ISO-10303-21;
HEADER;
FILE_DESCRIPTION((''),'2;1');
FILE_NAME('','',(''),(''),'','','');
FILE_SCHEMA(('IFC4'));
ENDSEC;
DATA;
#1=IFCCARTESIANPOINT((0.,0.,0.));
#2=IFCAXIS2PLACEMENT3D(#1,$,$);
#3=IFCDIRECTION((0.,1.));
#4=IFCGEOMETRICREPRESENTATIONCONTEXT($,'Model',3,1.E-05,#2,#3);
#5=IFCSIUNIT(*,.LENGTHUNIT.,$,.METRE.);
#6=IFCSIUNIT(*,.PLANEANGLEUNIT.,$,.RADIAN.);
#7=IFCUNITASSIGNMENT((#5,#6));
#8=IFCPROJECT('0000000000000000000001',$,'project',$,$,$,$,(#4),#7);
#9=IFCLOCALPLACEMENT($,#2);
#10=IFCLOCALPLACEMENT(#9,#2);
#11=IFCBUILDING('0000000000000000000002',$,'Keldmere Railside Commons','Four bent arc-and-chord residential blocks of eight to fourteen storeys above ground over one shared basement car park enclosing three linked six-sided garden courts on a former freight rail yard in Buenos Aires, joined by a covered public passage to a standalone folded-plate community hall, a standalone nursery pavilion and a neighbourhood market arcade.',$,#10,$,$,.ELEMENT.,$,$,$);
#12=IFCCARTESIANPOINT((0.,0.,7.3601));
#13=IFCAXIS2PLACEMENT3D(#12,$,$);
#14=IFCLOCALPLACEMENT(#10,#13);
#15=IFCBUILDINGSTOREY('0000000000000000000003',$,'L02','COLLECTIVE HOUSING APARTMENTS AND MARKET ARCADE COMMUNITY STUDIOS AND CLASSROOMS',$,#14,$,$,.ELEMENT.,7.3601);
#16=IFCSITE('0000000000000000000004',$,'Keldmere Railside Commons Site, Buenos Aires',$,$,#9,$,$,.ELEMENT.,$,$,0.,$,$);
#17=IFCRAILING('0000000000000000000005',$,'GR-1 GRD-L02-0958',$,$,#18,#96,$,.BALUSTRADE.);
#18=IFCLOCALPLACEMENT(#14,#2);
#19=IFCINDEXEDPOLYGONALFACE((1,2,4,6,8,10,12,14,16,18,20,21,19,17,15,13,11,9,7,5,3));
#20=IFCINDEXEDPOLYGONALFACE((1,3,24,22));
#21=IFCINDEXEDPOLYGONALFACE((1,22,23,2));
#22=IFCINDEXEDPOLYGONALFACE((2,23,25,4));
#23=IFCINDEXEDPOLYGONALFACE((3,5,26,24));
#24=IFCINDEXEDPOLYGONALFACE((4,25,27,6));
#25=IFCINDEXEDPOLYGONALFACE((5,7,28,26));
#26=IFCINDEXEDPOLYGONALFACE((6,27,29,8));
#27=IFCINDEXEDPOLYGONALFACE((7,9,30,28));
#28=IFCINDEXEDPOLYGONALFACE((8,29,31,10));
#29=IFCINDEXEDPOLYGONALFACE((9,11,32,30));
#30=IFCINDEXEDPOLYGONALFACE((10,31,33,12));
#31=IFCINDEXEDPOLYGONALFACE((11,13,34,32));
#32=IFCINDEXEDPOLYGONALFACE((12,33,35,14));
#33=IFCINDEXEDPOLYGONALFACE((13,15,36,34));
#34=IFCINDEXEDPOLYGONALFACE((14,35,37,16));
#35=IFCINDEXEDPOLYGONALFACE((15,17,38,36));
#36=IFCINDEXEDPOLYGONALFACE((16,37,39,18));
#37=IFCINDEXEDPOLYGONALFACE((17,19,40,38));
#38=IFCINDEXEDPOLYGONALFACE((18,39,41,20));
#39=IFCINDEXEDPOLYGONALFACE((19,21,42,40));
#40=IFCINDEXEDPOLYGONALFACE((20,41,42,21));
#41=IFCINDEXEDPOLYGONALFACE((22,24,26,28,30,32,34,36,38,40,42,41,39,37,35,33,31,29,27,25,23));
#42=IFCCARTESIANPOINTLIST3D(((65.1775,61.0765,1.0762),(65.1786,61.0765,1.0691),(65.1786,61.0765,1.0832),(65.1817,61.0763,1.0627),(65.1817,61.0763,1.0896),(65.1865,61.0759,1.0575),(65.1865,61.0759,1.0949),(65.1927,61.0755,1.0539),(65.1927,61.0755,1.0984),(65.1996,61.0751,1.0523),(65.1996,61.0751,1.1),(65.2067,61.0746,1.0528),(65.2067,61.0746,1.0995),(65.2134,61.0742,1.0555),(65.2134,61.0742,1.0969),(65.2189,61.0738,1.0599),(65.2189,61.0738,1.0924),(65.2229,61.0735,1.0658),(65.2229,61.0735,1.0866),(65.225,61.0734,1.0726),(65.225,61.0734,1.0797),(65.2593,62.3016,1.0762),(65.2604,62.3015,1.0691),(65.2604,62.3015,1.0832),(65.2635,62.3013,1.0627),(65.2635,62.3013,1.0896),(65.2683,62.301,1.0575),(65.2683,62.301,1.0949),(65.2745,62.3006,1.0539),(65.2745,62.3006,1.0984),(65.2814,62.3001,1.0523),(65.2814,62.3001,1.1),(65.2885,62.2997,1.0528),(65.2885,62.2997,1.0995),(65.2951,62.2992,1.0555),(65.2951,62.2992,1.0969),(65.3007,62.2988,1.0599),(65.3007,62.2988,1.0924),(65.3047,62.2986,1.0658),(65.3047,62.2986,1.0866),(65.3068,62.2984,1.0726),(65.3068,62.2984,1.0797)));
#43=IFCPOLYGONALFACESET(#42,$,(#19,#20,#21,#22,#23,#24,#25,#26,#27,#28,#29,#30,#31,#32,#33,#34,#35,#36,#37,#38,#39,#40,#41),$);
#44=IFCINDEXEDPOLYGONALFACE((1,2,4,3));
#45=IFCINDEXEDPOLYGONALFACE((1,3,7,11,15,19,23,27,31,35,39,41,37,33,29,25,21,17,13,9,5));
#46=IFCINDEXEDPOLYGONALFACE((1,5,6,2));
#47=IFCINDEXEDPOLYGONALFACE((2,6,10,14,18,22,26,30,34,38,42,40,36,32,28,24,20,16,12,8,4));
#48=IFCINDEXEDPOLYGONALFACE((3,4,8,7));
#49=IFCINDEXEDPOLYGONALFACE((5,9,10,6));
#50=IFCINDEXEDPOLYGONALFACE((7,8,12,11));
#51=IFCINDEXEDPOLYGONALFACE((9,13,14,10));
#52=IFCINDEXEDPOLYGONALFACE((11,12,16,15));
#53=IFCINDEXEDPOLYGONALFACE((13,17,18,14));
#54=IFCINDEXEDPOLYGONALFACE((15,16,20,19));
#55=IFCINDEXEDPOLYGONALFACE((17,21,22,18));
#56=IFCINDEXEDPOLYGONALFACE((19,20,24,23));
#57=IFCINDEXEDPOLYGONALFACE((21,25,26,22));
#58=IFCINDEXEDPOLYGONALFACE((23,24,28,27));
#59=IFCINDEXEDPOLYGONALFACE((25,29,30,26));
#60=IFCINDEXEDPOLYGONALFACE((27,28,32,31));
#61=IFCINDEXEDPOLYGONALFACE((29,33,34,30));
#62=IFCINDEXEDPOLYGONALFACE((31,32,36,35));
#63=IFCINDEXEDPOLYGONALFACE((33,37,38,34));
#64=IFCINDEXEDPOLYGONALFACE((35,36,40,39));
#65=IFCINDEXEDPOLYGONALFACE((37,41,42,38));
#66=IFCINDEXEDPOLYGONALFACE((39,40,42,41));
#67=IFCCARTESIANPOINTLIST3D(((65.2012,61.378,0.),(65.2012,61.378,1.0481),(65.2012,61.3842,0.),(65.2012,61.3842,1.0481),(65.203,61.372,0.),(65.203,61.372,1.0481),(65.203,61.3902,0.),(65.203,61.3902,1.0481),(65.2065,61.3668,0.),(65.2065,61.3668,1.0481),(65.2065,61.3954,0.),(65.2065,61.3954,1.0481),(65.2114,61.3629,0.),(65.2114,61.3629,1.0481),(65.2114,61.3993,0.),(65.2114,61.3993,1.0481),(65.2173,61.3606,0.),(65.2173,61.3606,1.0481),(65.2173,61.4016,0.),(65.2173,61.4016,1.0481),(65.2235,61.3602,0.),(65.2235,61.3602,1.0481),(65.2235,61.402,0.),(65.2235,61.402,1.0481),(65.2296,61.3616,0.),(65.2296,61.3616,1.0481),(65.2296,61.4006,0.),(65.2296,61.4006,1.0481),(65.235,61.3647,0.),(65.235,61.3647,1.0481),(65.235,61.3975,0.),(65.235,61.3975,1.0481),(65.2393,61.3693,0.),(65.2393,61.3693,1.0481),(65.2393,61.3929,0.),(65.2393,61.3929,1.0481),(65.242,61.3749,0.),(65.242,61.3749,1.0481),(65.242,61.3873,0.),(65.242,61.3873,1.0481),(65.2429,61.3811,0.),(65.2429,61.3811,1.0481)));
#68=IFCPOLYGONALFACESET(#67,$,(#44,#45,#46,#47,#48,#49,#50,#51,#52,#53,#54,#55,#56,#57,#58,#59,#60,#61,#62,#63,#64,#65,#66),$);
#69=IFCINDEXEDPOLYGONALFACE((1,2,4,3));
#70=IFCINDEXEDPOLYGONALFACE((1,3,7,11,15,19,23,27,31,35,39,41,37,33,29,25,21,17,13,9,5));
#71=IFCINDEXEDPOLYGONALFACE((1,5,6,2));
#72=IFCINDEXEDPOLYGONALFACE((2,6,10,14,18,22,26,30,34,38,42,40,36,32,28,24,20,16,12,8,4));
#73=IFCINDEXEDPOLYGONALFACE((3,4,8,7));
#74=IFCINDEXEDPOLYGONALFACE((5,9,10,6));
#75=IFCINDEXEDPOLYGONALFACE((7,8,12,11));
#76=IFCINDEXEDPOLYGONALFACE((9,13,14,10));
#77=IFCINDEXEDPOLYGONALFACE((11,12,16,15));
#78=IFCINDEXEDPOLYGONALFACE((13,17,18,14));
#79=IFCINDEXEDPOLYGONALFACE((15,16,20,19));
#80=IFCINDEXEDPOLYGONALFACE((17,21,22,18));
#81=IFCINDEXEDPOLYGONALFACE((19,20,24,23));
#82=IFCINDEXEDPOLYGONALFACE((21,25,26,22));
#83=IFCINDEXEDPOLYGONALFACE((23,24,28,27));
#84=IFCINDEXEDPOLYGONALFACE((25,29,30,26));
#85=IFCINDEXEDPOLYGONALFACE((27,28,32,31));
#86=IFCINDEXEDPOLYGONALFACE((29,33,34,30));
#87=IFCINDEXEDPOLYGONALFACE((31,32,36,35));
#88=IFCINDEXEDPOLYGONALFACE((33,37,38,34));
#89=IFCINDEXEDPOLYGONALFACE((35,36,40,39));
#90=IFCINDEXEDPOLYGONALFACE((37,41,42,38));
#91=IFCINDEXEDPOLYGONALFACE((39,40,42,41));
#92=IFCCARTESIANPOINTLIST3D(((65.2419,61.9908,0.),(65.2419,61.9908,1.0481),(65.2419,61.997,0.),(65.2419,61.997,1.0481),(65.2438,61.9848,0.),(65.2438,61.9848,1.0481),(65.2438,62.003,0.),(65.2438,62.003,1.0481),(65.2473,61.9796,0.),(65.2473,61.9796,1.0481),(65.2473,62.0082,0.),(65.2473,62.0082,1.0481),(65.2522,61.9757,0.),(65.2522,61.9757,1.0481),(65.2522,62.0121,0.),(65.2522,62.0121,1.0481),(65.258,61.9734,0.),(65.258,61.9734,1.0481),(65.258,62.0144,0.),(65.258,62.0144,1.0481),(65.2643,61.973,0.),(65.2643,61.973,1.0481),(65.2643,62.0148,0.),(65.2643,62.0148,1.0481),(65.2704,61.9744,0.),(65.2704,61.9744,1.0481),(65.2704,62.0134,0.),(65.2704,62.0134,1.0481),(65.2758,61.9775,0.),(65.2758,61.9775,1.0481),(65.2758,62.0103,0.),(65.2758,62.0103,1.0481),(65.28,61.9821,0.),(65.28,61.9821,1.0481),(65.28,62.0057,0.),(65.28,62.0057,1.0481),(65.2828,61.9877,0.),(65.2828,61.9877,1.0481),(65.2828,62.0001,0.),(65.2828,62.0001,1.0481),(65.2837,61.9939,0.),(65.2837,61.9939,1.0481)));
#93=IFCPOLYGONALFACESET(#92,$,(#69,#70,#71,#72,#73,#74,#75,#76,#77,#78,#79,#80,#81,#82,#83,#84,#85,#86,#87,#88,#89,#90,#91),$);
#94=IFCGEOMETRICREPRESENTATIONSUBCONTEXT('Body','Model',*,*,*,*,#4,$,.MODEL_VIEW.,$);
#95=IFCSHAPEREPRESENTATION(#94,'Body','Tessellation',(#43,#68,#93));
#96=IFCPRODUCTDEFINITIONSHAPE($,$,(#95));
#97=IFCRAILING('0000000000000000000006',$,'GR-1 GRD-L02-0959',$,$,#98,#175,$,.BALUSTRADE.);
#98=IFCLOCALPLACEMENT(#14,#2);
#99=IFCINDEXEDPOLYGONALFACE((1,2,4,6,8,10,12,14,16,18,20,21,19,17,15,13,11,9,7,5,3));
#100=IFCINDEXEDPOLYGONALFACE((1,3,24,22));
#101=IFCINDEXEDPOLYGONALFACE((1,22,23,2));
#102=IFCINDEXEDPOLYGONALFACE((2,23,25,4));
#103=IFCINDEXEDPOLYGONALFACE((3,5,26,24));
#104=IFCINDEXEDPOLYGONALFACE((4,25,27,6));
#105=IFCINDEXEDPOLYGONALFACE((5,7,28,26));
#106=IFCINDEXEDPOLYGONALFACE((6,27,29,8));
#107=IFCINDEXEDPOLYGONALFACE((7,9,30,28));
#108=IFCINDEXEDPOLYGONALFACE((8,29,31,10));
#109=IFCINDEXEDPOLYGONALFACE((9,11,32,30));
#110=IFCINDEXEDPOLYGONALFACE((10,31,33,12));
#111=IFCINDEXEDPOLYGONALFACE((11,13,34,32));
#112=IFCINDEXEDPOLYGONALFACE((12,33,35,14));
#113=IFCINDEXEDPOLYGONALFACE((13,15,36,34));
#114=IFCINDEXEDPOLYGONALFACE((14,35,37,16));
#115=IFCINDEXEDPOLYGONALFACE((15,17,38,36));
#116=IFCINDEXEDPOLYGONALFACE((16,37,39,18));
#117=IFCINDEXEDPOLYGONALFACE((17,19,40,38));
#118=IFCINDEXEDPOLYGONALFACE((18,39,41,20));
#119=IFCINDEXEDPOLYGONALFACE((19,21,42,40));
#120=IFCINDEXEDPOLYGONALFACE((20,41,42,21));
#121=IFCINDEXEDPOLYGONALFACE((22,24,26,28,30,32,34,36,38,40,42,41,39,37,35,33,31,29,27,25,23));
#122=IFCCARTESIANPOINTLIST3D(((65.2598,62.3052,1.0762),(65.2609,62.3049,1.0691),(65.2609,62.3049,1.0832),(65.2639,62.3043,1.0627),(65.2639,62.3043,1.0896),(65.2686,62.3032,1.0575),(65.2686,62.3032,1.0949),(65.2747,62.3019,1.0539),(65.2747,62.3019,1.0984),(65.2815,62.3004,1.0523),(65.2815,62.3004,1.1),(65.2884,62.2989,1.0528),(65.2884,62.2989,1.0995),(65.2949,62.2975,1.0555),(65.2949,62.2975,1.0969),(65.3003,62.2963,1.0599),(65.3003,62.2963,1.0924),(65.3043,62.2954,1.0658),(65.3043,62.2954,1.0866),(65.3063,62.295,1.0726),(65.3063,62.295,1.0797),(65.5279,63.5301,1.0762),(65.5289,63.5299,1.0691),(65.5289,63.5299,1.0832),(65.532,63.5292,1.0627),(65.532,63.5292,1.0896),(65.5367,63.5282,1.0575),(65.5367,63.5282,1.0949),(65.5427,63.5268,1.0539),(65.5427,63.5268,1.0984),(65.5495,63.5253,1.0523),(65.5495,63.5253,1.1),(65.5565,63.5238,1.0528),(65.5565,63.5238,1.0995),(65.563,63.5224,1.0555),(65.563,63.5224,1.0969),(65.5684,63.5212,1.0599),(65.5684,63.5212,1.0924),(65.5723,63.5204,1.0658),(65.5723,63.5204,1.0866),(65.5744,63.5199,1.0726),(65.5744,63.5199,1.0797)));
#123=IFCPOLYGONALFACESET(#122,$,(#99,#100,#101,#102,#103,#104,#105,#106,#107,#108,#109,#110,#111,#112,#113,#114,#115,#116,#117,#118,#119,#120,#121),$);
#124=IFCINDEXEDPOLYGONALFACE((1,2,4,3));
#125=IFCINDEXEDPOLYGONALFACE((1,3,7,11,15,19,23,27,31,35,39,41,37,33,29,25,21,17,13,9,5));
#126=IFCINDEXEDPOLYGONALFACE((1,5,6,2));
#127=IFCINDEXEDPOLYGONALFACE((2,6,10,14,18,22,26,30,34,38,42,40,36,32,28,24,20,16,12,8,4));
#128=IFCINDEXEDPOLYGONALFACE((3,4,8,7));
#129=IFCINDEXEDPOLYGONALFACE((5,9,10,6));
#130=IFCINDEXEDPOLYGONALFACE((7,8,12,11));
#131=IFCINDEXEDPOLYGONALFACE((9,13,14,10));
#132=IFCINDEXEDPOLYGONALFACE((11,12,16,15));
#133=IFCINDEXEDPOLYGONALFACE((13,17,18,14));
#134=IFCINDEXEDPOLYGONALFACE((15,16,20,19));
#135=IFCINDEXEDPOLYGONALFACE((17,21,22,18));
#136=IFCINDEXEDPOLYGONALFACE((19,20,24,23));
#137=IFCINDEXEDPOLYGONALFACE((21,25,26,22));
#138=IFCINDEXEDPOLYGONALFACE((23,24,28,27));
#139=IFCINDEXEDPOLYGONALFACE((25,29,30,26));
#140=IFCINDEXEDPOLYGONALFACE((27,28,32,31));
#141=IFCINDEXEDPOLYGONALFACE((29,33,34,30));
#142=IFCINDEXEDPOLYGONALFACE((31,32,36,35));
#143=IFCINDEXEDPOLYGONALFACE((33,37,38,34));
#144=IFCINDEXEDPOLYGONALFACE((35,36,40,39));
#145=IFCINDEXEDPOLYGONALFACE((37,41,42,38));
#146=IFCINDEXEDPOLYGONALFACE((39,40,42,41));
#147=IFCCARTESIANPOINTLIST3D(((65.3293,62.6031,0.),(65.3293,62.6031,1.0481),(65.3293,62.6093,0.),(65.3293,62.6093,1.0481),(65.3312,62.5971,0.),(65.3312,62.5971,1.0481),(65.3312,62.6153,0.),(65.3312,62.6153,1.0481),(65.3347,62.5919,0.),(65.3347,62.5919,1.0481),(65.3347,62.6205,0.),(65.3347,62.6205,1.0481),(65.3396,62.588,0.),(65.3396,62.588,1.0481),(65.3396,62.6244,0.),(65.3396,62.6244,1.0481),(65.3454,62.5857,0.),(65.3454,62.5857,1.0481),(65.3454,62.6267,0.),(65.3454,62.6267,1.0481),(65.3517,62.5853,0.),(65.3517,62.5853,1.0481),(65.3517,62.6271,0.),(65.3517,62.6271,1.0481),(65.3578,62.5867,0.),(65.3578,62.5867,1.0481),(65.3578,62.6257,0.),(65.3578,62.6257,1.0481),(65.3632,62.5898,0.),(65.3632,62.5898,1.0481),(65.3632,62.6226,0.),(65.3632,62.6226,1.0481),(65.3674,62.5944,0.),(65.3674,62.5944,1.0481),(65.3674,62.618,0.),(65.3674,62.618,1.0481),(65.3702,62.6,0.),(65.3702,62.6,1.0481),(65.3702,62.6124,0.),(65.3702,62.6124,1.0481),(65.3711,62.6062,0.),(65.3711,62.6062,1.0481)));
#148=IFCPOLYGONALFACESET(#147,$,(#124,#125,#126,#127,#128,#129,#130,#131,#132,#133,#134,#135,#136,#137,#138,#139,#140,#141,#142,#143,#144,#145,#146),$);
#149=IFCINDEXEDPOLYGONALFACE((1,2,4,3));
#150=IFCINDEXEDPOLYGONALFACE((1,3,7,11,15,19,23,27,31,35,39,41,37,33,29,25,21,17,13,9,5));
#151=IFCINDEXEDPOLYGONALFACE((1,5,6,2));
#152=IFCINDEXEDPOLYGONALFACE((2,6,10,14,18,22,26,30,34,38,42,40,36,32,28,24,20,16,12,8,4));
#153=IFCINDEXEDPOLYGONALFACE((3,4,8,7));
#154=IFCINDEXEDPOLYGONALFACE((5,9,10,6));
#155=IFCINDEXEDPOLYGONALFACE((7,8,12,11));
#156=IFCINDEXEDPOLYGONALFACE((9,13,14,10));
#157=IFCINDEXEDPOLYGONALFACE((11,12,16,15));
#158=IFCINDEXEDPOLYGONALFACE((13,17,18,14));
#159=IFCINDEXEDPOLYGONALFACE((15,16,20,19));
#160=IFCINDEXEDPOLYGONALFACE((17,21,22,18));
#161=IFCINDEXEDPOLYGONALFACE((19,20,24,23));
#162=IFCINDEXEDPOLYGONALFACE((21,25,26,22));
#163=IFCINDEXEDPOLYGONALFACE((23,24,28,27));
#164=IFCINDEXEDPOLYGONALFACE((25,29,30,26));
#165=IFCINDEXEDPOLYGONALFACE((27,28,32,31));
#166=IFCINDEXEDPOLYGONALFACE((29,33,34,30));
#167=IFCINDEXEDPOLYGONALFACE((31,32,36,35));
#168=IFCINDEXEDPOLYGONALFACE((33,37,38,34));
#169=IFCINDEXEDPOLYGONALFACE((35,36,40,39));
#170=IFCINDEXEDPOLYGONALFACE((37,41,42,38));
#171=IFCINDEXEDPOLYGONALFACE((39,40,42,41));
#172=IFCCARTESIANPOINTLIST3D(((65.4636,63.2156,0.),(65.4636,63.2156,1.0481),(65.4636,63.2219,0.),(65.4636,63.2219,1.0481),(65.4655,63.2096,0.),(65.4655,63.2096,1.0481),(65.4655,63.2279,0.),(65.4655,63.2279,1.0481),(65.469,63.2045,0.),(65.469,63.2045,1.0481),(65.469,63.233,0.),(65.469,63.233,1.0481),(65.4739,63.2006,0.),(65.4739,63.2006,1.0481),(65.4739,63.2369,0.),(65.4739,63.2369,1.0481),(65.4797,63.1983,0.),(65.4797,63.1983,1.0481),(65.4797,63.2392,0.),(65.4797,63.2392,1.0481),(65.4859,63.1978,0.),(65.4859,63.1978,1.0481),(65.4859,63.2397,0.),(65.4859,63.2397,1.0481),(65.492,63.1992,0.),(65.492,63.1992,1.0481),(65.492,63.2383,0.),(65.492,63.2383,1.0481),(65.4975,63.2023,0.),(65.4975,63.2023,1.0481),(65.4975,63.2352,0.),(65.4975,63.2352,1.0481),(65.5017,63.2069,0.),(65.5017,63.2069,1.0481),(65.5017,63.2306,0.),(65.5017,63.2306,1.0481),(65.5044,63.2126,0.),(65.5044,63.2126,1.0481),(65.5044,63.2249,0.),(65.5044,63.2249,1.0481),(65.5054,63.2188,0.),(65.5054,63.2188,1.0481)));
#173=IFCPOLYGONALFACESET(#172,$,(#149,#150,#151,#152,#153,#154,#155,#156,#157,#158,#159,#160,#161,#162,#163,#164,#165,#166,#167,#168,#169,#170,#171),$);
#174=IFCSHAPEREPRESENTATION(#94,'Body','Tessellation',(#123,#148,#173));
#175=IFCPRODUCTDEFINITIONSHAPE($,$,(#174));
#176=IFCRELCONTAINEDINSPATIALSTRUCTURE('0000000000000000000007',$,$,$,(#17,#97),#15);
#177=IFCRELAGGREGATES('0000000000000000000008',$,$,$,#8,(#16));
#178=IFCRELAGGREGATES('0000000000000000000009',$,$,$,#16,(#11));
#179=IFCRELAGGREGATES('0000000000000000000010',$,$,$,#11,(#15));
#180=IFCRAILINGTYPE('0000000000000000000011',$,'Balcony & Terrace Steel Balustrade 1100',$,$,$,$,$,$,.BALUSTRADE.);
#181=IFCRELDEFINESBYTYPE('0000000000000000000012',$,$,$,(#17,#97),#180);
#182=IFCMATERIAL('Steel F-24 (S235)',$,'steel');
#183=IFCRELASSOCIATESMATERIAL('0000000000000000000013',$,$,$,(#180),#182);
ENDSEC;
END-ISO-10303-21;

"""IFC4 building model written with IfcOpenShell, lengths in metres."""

from ifc_helpers import new_model, si_unit, direction, frame, origin, origin_2d, place, context, subcontext, project, spatial, circle, extrude, material, type_object, element, save


model = new_model("IFC4")

# Units and contexts
model_context = context("Model", 3, precision=1e-05, world=origin(), true_north=direction((0.0, 1.0)))
body_context = subcontext(model_context, "Body", "Model", "MODEL_VIEW")
ifc_project = project(units=[si_unit("LENGTHUNIT", "METRE"), si_unit("PLANEANGLEUNIT", "RADIAN")], contexts=[model_context])

# Site, building, storey
site_placement = place(None, origin())
site = spatial("IfcSite", under=ifc_project, at=site_placement, Name="Keldmere Railside Commons Site, Buenos Aires", CompositionType="ELEMENT", RefElevation=0.0)
building_placement = place(site_placement, origin())
building = spatial("IfcBuilding", under=site, at=building_placement, Name="Keldmere Railside Commons", Description="Four bent arc-and-chord residential blocks of eight to fourteen storeys above ground over one shared basement car park enclosing three linked six-sided garden courts on a former freight rail yard in Buenos Aires, joined by a covered public passage to a standalone folded-plate community hall, a standalone nursery pavilion and a neighbourhood market arcade.", CompositionType="ELEMENT")
storey_placement = place(building_placement, frame((0.0, 0.0, 7.3601)))
storey = spatial("IfcBuildingStorey", under=building, at=storey_placement, Name="L02", Description="COLLECTIVE HOUSING APARTMENTS AND MARKET ARCADE COMMUNITY STUDIOS AND CLASSROOMS", CompositionType="ELEMENT", Elevation=7.3601)

# Railings
ifc_material_1 = material(Name="Steel F-24 (S235)", Category="steel")
railing_type = type_object("IfcRailingType", Name="Balcony & Terrace Steel Balustrade 1100", PredefinedType="BALUSTRADE", material=ifc_material_1)
railing_1_placement = place(storey_placement, frame((65.2014, 61.075, 0.0)))
element("IfcRailing", 1, at=railing_1_placement, inside=storey, type_object=railing_type, Name="GR-1 GRD-L02-0958", PredefinedType="BALUSTRADE", context=body_context, shape_type="SweptSolid", body=[
    extrude(circle(Radius=0.0239, at=origin_2d()), frame((0.0, 0.0, 1.0762), z_axis=(0.066611, 0.997779, 0.0), x_axis=(-0.997779, 0.066611, 0.0)), (0.0, 0.0, 1.0), 1.2278),
    extrude(circle(Radius=0.021, at=origin_2d()), frame((0.0205, 0.3062, 0.0)), (0.0, 0.0, 1.0), 1.0481),
    extrude(circle(Radius=0.021, at=origin_2d()), frame((0.0613, 0.9189, 0.0)), (0.0, 0.0, 1.0), 1.0481),
])
railing_2_placement = place(storey_placement, frame((65.2832, 62.3, 0.0)))
element("IfcRailing", 2, at=railing_2_placement, inside=storey, type_object=railing_type, Name="GR-1 GRD-L02-0959", PredefinedType="BALUSTRADE", context=body_context, shape_type="SweptSolid", body=[
    extrude(circle(Radius=0.0239, at=origin_2d()), frame((0.0, 0.0, 1.0762), z_axis=(0.213796, 0.976878, 0.0), x_axis=(-0.976878, 0.213796, 0.0)), (0.0, 0.0, 1.0), 1.2539),
    extrude(circle(Radius=0.021, at=origin_2d()), frame((0.0669, 0.3062, 0.0)), (0.0, 0.0, 1.0), 1.0481),
    extrude(circle(Radius=0.021, at=origin_2d()), frame((0.2012, 0.9187, 0.0)), (0.0, 0.0, 1.0), 1.0481),
])

save(model, "model.ifc")
